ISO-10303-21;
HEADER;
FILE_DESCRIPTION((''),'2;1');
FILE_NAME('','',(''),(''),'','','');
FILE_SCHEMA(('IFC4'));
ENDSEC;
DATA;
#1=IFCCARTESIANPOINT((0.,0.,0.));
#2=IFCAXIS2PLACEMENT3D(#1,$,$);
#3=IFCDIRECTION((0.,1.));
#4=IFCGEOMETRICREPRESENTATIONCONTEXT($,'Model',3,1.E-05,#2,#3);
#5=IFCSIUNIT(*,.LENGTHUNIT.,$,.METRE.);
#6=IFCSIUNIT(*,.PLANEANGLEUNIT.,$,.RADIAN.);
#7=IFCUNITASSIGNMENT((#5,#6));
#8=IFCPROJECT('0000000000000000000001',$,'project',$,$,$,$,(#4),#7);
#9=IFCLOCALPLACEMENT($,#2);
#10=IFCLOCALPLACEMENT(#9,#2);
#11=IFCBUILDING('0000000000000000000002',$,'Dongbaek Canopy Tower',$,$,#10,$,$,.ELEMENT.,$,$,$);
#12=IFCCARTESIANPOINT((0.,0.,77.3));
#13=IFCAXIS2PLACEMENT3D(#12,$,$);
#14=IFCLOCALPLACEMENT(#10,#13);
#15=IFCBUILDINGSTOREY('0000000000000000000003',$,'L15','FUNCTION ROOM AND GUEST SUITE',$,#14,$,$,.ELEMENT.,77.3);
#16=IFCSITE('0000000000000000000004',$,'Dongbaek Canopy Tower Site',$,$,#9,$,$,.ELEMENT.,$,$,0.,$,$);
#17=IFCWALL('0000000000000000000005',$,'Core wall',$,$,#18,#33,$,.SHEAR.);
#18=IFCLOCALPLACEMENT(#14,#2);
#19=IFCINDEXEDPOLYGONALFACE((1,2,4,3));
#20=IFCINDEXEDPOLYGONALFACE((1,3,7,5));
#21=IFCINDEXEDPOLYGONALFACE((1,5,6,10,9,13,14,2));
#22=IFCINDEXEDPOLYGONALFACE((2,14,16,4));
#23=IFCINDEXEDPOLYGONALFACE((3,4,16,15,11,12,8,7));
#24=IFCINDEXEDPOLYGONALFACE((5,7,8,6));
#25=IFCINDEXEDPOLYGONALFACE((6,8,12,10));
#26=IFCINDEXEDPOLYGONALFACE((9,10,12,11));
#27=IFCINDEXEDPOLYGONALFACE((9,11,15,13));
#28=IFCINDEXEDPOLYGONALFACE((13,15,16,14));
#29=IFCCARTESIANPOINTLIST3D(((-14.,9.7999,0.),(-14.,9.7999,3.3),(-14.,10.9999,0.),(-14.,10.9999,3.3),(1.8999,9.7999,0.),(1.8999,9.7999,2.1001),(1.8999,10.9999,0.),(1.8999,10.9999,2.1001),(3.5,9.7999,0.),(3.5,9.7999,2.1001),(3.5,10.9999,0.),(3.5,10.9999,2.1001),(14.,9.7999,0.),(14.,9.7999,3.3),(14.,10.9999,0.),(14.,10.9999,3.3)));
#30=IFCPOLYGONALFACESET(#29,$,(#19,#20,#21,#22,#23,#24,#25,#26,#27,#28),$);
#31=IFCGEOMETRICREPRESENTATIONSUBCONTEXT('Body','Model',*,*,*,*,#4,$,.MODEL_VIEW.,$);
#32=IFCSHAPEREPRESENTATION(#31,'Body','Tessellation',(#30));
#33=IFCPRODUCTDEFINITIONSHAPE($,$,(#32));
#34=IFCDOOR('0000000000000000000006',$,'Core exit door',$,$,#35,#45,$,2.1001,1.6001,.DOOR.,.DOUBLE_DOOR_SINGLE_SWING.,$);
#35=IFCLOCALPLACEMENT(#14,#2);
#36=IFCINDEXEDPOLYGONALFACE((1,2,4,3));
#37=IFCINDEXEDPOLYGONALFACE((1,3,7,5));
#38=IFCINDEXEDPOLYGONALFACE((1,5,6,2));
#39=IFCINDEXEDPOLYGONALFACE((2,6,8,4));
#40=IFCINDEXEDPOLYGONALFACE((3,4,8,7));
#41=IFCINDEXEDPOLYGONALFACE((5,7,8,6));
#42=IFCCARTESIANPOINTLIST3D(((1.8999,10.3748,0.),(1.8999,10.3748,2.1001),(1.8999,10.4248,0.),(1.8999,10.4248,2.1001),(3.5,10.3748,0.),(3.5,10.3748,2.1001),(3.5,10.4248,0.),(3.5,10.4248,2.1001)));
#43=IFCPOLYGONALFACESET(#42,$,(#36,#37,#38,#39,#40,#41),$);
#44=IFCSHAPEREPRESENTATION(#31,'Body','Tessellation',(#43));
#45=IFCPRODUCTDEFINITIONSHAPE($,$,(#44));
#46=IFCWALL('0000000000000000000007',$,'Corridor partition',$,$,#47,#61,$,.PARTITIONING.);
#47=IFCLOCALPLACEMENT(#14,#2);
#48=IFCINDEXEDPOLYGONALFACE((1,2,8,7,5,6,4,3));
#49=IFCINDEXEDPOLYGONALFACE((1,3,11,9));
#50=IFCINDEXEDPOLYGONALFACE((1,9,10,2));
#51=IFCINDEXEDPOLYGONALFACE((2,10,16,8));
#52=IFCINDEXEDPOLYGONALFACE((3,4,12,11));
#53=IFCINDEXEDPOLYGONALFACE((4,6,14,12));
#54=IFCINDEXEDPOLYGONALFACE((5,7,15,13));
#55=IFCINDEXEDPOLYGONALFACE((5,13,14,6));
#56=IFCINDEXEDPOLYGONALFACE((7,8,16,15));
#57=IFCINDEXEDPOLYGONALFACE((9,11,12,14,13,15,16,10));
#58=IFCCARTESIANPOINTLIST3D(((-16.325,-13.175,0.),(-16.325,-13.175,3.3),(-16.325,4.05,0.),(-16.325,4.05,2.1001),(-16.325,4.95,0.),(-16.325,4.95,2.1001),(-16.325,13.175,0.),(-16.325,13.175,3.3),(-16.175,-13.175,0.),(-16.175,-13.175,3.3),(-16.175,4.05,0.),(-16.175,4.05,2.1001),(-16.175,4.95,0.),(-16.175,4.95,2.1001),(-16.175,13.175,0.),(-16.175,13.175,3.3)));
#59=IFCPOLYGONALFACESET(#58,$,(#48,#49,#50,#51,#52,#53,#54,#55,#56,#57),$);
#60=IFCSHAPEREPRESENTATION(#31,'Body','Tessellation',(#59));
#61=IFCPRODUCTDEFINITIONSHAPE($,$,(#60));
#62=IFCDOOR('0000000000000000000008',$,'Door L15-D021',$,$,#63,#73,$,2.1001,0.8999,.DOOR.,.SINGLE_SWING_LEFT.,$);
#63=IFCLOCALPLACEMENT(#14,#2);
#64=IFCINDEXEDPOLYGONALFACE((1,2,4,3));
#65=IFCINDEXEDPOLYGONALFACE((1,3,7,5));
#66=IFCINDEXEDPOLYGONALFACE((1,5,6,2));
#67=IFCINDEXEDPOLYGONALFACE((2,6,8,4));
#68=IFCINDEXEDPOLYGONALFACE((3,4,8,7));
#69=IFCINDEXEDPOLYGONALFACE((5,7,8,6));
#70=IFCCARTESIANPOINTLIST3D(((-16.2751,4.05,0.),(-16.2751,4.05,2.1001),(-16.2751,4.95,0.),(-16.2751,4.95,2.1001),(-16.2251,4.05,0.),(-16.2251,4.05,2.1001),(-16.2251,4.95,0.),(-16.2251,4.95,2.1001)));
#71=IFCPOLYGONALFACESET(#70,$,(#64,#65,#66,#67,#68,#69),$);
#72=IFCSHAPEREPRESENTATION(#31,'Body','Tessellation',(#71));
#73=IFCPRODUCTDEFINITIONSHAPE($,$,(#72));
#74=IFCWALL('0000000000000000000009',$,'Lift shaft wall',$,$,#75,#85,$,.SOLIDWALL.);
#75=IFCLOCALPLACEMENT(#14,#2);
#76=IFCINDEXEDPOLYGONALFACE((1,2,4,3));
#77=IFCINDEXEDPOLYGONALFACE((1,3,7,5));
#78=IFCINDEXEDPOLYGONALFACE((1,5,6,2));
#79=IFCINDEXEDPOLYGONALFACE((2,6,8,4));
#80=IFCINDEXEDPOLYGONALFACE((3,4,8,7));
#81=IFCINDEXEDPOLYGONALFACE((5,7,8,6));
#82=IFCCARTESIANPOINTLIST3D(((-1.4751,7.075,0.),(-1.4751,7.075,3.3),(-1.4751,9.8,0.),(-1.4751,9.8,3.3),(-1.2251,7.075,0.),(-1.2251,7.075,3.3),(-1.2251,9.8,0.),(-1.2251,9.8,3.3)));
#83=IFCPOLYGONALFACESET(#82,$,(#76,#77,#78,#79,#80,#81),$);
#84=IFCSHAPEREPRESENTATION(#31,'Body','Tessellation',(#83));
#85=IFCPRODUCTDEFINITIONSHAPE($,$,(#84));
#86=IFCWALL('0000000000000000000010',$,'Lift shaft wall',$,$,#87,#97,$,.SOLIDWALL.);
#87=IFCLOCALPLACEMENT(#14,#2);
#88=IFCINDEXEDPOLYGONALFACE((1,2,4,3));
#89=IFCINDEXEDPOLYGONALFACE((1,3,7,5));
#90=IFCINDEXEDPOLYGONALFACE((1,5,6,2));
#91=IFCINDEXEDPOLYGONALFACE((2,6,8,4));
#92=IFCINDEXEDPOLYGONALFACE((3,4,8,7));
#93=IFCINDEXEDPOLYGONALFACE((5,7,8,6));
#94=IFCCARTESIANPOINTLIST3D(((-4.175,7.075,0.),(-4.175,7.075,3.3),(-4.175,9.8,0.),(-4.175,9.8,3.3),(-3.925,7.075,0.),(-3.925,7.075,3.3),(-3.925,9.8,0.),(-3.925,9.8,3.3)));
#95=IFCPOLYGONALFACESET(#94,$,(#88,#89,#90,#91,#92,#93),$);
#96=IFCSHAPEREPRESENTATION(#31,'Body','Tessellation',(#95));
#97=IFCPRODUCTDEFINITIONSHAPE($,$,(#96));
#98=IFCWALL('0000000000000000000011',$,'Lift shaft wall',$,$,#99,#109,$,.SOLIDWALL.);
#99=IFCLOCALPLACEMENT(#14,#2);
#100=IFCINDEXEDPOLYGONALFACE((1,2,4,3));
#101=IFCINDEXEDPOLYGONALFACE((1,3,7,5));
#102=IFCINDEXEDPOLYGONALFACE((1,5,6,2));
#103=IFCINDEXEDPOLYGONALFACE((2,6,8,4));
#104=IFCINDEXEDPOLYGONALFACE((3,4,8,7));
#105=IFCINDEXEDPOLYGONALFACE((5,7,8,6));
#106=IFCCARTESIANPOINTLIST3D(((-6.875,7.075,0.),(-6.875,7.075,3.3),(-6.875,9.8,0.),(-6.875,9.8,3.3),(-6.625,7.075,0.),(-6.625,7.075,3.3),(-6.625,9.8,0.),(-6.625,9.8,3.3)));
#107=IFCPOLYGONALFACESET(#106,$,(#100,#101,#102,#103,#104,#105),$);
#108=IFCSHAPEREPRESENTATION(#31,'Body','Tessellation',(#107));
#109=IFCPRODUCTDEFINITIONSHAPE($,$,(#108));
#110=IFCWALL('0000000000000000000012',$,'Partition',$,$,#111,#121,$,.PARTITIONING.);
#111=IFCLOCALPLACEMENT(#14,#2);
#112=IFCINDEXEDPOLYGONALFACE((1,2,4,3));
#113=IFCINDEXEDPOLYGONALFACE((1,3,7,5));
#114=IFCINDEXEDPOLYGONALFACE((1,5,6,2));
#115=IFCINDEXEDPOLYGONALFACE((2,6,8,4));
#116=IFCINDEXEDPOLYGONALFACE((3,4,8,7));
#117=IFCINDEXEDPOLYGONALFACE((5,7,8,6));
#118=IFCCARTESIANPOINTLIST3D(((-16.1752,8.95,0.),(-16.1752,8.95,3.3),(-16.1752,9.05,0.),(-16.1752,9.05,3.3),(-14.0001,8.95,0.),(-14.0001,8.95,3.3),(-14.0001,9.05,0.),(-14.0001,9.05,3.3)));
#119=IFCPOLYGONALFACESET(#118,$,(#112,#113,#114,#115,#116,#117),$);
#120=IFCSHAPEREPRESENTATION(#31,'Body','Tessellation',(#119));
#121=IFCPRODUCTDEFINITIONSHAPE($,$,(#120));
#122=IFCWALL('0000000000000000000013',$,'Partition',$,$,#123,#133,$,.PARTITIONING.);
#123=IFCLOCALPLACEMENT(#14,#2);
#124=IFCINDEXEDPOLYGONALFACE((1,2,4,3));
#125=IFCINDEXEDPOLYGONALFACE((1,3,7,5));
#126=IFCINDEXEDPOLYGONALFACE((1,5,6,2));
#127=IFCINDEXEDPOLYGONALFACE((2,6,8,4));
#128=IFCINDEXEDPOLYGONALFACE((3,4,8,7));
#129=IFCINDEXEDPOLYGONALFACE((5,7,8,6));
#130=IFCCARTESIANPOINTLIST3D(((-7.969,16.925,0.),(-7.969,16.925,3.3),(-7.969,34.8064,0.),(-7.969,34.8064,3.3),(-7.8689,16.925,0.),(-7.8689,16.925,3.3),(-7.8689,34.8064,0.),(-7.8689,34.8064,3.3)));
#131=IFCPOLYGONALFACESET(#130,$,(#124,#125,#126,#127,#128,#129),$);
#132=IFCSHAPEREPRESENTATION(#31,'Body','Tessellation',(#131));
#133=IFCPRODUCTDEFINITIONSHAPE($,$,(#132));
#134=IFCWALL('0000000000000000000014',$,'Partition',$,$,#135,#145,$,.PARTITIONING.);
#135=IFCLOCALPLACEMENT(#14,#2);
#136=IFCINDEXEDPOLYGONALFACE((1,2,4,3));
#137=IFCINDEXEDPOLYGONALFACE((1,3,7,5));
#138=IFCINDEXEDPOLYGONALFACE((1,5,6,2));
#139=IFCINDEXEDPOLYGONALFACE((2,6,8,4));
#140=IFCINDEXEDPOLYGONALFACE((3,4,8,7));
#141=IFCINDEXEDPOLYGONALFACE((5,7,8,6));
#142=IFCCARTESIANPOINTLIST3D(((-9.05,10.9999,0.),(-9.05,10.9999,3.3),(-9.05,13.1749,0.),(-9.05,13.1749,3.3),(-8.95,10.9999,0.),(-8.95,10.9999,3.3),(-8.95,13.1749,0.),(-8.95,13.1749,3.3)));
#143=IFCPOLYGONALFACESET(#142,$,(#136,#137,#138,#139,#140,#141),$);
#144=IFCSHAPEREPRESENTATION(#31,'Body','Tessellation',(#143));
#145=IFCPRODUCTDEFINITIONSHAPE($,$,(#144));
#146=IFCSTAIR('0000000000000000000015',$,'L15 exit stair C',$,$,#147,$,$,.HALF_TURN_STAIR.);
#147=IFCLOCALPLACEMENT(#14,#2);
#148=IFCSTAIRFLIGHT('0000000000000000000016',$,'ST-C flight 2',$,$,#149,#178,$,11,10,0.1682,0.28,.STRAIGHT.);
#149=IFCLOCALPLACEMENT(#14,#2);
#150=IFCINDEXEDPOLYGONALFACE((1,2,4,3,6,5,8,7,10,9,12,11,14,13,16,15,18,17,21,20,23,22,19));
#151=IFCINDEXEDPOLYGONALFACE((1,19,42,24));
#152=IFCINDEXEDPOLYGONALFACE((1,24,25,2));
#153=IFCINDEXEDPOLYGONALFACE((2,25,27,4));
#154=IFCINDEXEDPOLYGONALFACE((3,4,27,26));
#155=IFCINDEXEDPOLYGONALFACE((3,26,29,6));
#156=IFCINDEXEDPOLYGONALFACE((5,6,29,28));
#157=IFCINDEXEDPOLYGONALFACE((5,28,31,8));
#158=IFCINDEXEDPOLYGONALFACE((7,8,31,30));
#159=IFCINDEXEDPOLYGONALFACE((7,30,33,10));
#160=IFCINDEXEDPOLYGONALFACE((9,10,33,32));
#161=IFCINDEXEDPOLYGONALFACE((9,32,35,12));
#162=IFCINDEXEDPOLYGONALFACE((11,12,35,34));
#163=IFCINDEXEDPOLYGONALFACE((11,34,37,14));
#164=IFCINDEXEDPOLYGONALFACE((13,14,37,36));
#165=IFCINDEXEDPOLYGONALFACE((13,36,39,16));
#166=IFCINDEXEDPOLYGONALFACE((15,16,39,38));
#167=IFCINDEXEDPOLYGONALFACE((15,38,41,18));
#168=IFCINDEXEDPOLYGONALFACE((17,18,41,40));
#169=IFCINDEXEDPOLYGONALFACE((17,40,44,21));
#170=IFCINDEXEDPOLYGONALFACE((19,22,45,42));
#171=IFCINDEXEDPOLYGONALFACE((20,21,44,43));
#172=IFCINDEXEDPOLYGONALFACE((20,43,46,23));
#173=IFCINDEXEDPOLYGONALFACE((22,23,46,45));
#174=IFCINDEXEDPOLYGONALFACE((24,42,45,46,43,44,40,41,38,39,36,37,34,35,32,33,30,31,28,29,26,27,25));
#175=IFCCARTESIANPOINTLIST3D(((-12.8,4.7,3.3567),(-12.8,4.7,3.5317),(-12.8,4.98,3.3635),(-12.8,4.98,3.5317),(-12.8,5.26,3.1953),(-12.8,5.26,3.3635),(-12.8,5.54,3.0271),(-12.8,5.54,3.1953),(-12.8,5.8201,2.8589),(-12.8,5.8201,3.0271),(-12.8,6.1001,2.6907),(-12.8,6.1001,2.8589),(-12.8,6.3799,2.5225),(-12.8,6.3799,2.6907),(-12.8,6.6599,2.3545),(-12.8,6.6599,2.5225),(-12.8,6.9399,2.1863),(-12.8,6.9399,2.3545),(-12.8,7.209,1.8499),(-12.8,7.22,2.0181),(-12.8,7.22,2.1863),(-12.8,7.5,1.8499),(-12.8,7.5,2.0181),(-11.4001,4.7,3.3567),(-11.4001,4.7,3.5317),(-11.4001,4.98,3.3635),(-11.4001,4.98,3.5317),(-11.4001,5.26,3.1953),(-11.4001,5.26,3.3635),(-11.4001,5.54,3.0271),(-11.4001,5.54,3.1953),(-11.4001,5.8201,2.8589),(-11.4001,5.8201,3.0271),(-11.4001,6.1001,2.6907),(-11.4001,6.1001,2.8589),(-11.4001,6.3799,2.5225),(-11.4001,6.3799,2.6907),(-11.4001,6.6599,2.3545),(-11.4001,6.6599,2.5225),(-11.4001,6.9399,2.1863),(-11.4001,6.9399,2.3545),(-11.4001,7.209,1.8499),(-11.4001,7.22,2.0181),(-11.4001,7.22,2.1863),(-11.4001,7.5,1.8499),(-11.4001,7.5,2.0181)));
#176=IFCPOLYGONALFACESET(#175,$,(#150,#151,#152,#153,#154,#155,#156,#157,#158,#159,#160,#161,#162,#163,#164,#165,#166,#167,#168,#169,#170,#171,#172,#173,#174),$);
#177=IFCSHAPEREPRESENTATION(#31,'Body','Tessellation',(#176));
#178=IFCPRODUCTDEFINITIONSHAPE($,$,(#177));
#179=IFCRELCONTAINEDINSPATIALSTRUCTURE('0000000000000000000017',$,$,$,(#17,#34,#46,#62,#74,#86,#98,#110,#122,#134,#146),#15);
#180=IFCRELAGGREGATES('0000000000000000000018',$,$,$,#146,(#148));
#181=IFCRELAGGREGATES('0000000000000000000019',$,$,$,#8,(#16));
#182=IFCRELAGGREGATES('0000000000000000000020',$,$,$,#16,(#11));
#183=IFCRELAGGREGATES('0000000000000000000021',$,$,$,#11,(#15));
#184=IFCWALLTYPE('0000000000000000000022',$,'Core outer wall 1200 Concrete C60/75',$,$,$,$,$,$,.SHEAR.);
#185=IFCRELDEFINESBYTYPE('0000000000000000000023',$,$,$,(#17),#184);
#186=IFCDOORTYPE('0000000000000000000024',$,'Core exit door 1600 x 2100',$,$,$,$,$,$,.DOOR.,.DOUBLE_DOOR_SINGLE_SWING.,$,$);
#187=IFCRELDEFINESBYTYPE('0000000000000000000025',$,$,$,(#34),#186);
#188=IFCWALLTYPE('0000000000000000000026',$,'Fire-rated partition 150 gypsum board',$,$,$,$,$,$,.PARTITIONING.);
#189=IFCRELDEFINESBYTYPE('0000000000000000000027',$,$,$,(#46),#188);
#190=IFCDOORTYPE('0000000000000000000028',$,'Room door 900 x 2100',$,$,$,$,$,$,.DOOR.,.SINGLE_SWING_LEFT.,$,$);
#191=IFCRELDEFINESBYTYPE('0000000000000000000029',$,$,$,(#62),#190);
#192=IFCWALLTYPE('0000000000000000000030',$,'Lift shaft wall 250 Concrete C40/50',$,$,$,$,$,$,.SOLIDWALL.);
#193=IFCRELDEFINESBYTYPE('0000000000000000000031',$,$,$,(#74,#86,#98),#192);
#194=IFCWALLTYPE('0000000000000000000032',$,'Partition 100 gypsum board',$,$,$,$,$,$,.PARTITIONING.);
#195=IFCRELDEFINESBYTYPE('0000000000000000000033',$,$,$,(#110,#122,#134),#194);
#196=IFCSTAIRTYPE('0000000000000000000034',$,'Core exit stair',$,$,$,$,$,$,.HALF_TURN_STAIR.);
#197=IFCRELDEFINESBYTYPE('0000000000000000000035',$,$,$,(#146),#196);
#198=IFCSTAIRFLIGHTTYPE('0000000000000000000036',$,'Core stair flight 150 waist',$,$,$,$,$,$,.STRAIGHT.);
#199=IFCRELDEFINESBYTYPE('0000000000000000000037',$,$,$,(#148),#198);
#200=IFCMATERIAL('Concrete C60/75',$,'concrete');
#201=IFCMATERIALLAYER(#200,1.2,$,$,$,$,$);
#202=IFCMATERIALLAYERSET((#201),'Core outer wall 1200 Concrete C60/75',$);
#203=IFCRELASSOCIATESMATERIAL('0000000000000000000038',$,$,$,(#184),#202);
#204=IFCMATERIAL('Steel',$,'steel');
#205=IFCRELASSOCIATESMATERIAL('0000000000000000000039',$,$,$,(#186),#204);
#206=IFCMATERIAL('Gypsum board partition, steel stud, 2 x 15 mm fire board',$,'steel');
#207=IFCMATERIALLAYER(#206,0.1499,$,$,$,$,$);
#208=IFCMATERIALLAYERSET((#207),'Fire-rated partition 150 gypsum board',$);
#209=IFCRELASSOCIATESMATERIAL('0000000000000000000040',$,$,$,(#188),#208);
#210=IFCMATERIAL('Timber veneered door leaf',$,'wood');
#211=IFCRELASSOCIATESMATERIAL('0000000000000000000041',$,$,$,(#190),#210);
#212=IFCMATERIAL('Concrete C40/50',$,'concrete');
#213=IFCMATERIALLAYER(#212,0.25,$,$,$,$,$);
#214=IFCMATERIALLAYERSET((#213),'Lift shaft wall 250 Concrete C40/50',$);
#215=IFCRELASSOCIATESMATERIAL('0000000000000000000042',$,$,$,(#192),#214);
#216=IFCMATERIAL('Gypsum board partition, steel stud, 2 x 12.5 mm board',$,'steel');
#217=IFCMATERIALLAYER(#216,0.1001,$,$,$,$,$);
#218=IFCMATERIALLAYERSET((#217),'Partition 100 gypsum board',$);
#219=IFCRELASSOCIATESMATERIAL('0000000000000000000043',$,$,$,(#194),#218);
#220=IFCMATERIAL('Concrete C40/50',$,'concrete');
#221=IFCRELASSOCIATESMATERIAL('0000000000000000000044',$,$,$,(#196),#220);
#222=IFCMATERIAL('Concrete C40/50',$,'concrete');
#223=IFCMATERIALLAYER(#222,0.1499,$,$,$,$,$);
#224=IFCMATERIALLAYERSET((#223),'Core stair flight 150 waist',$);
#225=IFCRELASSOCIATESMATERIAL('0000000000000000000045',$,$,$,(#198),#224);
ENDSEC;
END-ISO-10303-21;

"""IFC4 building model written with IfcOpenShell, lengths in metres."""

from ifc_helpers import new_model, si_unit, direction, frame, frame_2d, origin, place, context, subcontext, project, spatial, polyline, rectangle, outline, extrude, material, layer, layer_set, type_object, element, fill, aggregate, save


model = new_model("IFC4")

# Units and contexts
model_context = context("Model", 3, precision=1e-05, world=origin(), true_north=direction((0.0, 1.0)))
body_context = subcontext(model_context, "Body", "Model", "MODEL_VIEW")
ifc_project = project(units=[si_unit("LENGTHUNIT", "METRE"), si_unit("PLANEANGLEUNIT", "RADIAN")], contexts=[model_context])

# Site, building, storey
site_placement = place(None, origin())
site = spatial("IfcSite", under=ifc_project, at=site_placement, Name="Dongbaek Canopy Tower Site", CompositionType="ELEMENT", RefElevation=0.0)
building_placement = place(site_placement, origin())
building = spatial("IfcBuilding", under=site, at=building_placement, Name="Dongbaek Canopy Tower", CompositionType="ELEMENT")
storey_placement = place(building_placement, frame((0.0, 0.0, 77.3)))
storey = spatial("IfcBuildingStorey", under=building, at=storey_placement, Name="L15", Description="FUNCTION ROOM AND GUEST SUITE", CompositionType="ELEMENT", Elevation=77.3)

# Walls, openings, doors
ifc_material_1 = material(Name="Concrete C60/75", Category="concrete")
ifc_layer_1 = layer(ifc_material_1, 1.2)
ifc_layer_set_1 = layer_set([ifc_layer_1], Name="Core outer wall 1200 Concrete C60/75")
wall_type_1 = type_object("IfcWallType", Name="Core outer wall 1200 Concrete C60/75", PredefinedType="SHEAR", material=ifc_layer_set_1)
wall_1_placement = place(storey_placement, frame((-14.0, 10.3999, 0.0), z_axis=(0.0, 0.0, 1.0), x_axis=(1.0, 0.0, 0.0)))
wall_1 = element("IfcWall", 1, at=wall_1_placement, inside=storey, type_object=wall_type_1, Name="Core wall", PredefinedType="SHEAR", context=body_context, shape_type="SweptSolid", body=[
    extrude(rectangle(XDim=28.0, YDim=1.2, at=frame_2d((14.0, 0.0))), origin(), (0.0, 0.0, 1.0), 3.3),
])
opening_1_placement = place(wall_1_placement, frame((15.8999, 0.0, 0.0)))
opening_1 = element("IfcOpeningElement", 2, at=opening_1_placement, cuts=wall_1, PredefinedType="OPENING", context=body_context, shape_type="SweptSolid", body=[
    extrude(rectangle(XDim=1.6001, YDim=2.1001, at=frame_2d((0.8, 1.05))), frame((0.0, 0.6099, 0.0), z_axis=(0.0, -1.0, 0.0), x_axis=(1.0, 0.0, 0.0)), (0.0, 0.0, 1.0), 1.22),
])
ifc_material_2 = material(Name="Steel", Category="steel")
door_type_1 = type_object("IfcDoorType", Name="Core exit door 1600 x 2100", OperationType="DOUBLE_DOOR_SINGLE_SWING", PredefinedType="DOOR", material=ifc_material_2)
door_1_placement = place(opening_1_placement, origin())
door_1 = element("IfcDoor", 3, at=door_1_placement, inside=storey, type_object=door_type_1, Name="Core exit door", OperationType="DOUBLE_DOOR_SINGLE_SWING", OverallHeight=2.1001, OverallWidth=1.6001, PredefinedType="DOOR", context=body_context, shape_type="SweptSolid", body=[
    extrude(rectangle(XDim=1.6001, YDim=2.1001, at=frame_2d((0.8, 1.05))), frame((0.0, 0.0249, 0.0), z_axis=(0.0, -1.0, 0.0), x_axis=(1.0, 0.0, 0.0)), (0.0, 0.0, 1.0), 0.05),
])
fill(opening_1, door_1)
ifc_material_3 = material(Name="Gypsum board partition, steel stud, 2 x 15 mm fire board", Category="steel")
ifc_layer_2 = layer(ifc_material_3, 0.1499)
ifc_layer_set_2 = layer_set([ifc_layer_2], Name="Fire-rated partition 150 gypsum board")
wall_type_2 = type_object("IfcWallType", Name="Fire-rated partition 150 gypsum board", PredefinedType="PARTITIONING", material=ifc_layer_set_2)
wall_2_placement = place(storey_placement, frame((-16.25, 13.175, 0.0), z_axis=(0.0, 0.0, 1.0), x_axis=(0.0, -1.0, 0.0)))
wall_2 = element("IfcWall", 4, at=wall_2_placement, inside=storey, type_object=wall_type_2, Name="Corridor partition", PredefinedType="PARTITIONING", context=body_context, shape_type="SweptSolid", body=[
    extrude(rectangle(XDim=26.3501, YDim=0.1499, at=frame_2d((13.175, 0.0))), origin(), (0.0, 0.0, 1.0), 3.3),
])
opening_2_placement = place(wall_2_placement, frame((8.2251, 0.0, 0.0)))
opening_2 = element("IfcOpeningElement", 5, at=opening_2_placement, cuts=wall_2, PredefinedType="OPENING", context=body_context, shape_type="SweptSolid", body=[
    extrude(rectangle(XDim=0.8999, YDim=2.1001, at=frame_2d((0.45, 1.05))), frame((0.0, 0.085, 0.0), z_axis=(0.0, -1.0, 0.0), x_axis=(1.0, 0.0, 0.0)), (0.0, 0.0, 1.0), 0.1699),
])
ifc_material_4 = material(Name="Timber veneered door leaf", Category="wood")
door_type_2 = type_object("IfcDoorType", Name="Room door 900 x 2100", OperationType="SINGLE_SWING_LEFT", PredefinedType="DOOR", material=ifc_material_4)
door_2_placement = place(opening_2_placement, origin())
door_2 = element("IfcDoor", 6, at=door_2_placement, inside=storey, type_object=door_type_2, Name="Door L15-D021", OperationType="SINGLE_SWING_LEFT", OverallHeight=2.1001, OverallWidth=0.8999, PredefinedType="DOOR", context=body_context, shape_type="SweptSolid", body=[
    extrude(rectangle(XDim=0.8999, YDim=2.1001, at=frame_2d((0.45, 1.05))), frame((0.0, 0.0249, 0.0), z_axis=(0.0, -1.0, 0.0), x_axis=(1.0, 0.0, 0.0)), (0.0, 0.0, 1.0), 0.05),
])
fill(opening_2, door_2)

# Walls
ifc_material_5 = material(Name="Concrete C40/50", Category="concrete")
ifc_layer_3 = layer(ifc_material_5, 0.25)
ifc_layer_set_3 = layer_set([ifc_layer_3], Name="Lift shaft wall 250 Concrete C40/50")
wall_type_3 = type_object("IfcWallType", Name="Lift shaft wall 250 Concrete C40/50", PredefinedType="SOLIDWALL", material=ifc_layer_set_3)
for number, where, z_axis, x_axis, name in (
    (7, (-1.3501, 7.075, 0.0), (0.0, 0.0, 1.0), (0.0, 1.0, 0.0), "Lift shaft wall"),
    (8, (-4.05, 7.075, 0.0), (0.0, 0.0, 1.0), (0.0, 1.0, 0.0), "Lift shaft wall"),
    (9, (-6.75, 7.075, 0.0), (0.0, 0.0, 1.0), (0.0, 1.0, 0.0), "Lift shaft wall"),
):
    element("IfcWall", number, at=place(storey_placement, frame(where, z_axis=z_axis, x_axis=x_axis)), inside=storey, type_object=wall_type_3, Name=name, PredefinedType="SOLIDWALL", context=body_context, shape_type="SweptSolid", body=[
        extrude(rectangle(XDim=2.7251, YDim=0.25, at=frame_2d((1.3625, 0.0))), origin(), (0.0, 0.0, 1.0), 3.3),
    ])
ifc_material_6 = material(Name="Gypsum board partition, steel stud, 2 x 12.5 mm board", Category="steel")
ifc_layer_4 = layer(ifc_material_6, 0.1001)
ifc_layer_set_4 = layer_set([ifc_layer_4], Name="Partition 100 gypsum board")
wall_type_4 = type_object("IfcWallType", Name="Partition 100 gypsum board", PredefinedType="PARTITIONING", material=ifc_layer_set_4)
wall_3_placement = place(storey_placement, frame((-16.175, 9.0, 0.0), z_axis=(0.0, 0.0, 1.0), x_axis=(1.0, 0.0, 0.0)))
element("IfcWall", 10, at=wall_3_placement, inside=storey, type_object=wall_type_4, Name="Partition", PredefinedType="PARTITIONING", context=body_context, shape_type="SweptSolid", body=[
    extrude(rectangle(XDim=2.175, YDim=0.1001, at=frame_2d((1.0874, 0.0))), origin(), (0.0, 0.0, 1.0), 3.3),
])
wall_4_placement = place(storey_placement, frame((-7.9189, 16.925, 0.0), z_axis=(0.0, 0.0, 1.0), x_axis=(0.0, 1.0, 0.0)))
element("IfcWall", 11, at=wall_4_placement, inside=storey, type_object=wall_type_4, Name="Partition", PredefinedType="PARTITIONING", context=body_context, shape_type="SweptSolid", body=[
    extrude(rectangle(XDim=17.8813, YDim=0.1001, at=frame_2d((8.9407, 0.0))), origin(), (0.0, 0.0, 1.0), 3.3),
])
wall_5_placement = place(storey_placement, frame((-9.0, 11.0, 0.0), z_axis=(0.0, 0.0, 1.0), x_axis=(0.0, 1.0, 0.0)))
element("IfcWall", 12, at=wall_5_placement, inside=storey, type_object=wall_type_4, Name="Partition", PredefinedType="PARTITIONING", context=body_context, shape_type="SweptSolid", body=[
    extrude(rectangle(XDim=2.175, YDim=0.1001, at=frame_2d((1.0874, 0.0))), origin(), (0.0, 0.0, 1.0), 3.3),
])

# Stair, stair flight
ifc_material_7 = material(Name="Concrete C40/50", Category="concrete")
stair_type = type_object("IfcStairType", Name="Core exit stair", PredefinedType="HALF_TURN_STAIR", material=ifc_material_7)
stair_placement = place(storey_placement, origin())
stair = element("IfcStair", 13, at=stair_placement, inside=storey, type_object=stair_type, Name="L15 exit stair C", PredefinedType="HALF_TURN_STAIR")
ifc_material_8 = material(Name="Concrete C40/50", Category="concrete")
ifc_layer_5 = layer(ifc_material_8, 0.1499)
ifc_layer_set_5 = layer_set([ifc_layer_5], Name="Core stair flight 150 waist")
stair_flight_type = type_object("IfcStairFlightType", Name="Core stair flight 150 waist", PredefinedType="STRAIGHT", material=ifc_layer_set_5)
stair_flight_placement = place(storey_placement, frame((-12.1001, 7.5, 1.8499), z_axis=(0.0, 0.0, 1.0), x_axis=(0.0, -1.0, 0.0)))
stair_flight = element("IfcStairFlight", 14, at=stair_flight_placement, type_object=stair_flight_type, Name="ST-C flight 2", NumberOfRisers=11, NumberOfTreads=10, PredefinedType="STRAIGHT", RiserHeight=0.1682, TreadLength=0.28, context=body_context, shape_type="SweptSolid", body=[
    extrude(outline(polyline([(0.0, 0.0), (0.0, 0.1682), (0.28, 0.1682), (0.28, 0.3364), (0.5601, 0.3364), (0.5601, 0.5046), (0.8401, 0.5046), (0.8401, 0.6726), (1.1201, 0.6726), (1.1201, 0.8408), (1.3999, 0.8408), (1.3999, 1.009), (1.6799, 1.009), (1.6799, 1.1772), (1.96, 1.1772), (1.96, 1.3455), (2.24, 1.3455), (2.24, 1.5137), (2.52, 1.5137), (2.52, 1.6819), (2.8, 1.6819), (2.8, 1.8501), (2.8, 1.5068), (0.291, 0.0), (0.0, 0.0)])), frame((0.0, 0.7, 0.0), z_axis=(0.0, -1.0, 0.0), x_axis=(1.0, 0.0, 0.0)), (0.0, 0.0, 1.0), 1.3999),
])
aggregate(stair, [stair_flight])

save(model, "model.ifc")
